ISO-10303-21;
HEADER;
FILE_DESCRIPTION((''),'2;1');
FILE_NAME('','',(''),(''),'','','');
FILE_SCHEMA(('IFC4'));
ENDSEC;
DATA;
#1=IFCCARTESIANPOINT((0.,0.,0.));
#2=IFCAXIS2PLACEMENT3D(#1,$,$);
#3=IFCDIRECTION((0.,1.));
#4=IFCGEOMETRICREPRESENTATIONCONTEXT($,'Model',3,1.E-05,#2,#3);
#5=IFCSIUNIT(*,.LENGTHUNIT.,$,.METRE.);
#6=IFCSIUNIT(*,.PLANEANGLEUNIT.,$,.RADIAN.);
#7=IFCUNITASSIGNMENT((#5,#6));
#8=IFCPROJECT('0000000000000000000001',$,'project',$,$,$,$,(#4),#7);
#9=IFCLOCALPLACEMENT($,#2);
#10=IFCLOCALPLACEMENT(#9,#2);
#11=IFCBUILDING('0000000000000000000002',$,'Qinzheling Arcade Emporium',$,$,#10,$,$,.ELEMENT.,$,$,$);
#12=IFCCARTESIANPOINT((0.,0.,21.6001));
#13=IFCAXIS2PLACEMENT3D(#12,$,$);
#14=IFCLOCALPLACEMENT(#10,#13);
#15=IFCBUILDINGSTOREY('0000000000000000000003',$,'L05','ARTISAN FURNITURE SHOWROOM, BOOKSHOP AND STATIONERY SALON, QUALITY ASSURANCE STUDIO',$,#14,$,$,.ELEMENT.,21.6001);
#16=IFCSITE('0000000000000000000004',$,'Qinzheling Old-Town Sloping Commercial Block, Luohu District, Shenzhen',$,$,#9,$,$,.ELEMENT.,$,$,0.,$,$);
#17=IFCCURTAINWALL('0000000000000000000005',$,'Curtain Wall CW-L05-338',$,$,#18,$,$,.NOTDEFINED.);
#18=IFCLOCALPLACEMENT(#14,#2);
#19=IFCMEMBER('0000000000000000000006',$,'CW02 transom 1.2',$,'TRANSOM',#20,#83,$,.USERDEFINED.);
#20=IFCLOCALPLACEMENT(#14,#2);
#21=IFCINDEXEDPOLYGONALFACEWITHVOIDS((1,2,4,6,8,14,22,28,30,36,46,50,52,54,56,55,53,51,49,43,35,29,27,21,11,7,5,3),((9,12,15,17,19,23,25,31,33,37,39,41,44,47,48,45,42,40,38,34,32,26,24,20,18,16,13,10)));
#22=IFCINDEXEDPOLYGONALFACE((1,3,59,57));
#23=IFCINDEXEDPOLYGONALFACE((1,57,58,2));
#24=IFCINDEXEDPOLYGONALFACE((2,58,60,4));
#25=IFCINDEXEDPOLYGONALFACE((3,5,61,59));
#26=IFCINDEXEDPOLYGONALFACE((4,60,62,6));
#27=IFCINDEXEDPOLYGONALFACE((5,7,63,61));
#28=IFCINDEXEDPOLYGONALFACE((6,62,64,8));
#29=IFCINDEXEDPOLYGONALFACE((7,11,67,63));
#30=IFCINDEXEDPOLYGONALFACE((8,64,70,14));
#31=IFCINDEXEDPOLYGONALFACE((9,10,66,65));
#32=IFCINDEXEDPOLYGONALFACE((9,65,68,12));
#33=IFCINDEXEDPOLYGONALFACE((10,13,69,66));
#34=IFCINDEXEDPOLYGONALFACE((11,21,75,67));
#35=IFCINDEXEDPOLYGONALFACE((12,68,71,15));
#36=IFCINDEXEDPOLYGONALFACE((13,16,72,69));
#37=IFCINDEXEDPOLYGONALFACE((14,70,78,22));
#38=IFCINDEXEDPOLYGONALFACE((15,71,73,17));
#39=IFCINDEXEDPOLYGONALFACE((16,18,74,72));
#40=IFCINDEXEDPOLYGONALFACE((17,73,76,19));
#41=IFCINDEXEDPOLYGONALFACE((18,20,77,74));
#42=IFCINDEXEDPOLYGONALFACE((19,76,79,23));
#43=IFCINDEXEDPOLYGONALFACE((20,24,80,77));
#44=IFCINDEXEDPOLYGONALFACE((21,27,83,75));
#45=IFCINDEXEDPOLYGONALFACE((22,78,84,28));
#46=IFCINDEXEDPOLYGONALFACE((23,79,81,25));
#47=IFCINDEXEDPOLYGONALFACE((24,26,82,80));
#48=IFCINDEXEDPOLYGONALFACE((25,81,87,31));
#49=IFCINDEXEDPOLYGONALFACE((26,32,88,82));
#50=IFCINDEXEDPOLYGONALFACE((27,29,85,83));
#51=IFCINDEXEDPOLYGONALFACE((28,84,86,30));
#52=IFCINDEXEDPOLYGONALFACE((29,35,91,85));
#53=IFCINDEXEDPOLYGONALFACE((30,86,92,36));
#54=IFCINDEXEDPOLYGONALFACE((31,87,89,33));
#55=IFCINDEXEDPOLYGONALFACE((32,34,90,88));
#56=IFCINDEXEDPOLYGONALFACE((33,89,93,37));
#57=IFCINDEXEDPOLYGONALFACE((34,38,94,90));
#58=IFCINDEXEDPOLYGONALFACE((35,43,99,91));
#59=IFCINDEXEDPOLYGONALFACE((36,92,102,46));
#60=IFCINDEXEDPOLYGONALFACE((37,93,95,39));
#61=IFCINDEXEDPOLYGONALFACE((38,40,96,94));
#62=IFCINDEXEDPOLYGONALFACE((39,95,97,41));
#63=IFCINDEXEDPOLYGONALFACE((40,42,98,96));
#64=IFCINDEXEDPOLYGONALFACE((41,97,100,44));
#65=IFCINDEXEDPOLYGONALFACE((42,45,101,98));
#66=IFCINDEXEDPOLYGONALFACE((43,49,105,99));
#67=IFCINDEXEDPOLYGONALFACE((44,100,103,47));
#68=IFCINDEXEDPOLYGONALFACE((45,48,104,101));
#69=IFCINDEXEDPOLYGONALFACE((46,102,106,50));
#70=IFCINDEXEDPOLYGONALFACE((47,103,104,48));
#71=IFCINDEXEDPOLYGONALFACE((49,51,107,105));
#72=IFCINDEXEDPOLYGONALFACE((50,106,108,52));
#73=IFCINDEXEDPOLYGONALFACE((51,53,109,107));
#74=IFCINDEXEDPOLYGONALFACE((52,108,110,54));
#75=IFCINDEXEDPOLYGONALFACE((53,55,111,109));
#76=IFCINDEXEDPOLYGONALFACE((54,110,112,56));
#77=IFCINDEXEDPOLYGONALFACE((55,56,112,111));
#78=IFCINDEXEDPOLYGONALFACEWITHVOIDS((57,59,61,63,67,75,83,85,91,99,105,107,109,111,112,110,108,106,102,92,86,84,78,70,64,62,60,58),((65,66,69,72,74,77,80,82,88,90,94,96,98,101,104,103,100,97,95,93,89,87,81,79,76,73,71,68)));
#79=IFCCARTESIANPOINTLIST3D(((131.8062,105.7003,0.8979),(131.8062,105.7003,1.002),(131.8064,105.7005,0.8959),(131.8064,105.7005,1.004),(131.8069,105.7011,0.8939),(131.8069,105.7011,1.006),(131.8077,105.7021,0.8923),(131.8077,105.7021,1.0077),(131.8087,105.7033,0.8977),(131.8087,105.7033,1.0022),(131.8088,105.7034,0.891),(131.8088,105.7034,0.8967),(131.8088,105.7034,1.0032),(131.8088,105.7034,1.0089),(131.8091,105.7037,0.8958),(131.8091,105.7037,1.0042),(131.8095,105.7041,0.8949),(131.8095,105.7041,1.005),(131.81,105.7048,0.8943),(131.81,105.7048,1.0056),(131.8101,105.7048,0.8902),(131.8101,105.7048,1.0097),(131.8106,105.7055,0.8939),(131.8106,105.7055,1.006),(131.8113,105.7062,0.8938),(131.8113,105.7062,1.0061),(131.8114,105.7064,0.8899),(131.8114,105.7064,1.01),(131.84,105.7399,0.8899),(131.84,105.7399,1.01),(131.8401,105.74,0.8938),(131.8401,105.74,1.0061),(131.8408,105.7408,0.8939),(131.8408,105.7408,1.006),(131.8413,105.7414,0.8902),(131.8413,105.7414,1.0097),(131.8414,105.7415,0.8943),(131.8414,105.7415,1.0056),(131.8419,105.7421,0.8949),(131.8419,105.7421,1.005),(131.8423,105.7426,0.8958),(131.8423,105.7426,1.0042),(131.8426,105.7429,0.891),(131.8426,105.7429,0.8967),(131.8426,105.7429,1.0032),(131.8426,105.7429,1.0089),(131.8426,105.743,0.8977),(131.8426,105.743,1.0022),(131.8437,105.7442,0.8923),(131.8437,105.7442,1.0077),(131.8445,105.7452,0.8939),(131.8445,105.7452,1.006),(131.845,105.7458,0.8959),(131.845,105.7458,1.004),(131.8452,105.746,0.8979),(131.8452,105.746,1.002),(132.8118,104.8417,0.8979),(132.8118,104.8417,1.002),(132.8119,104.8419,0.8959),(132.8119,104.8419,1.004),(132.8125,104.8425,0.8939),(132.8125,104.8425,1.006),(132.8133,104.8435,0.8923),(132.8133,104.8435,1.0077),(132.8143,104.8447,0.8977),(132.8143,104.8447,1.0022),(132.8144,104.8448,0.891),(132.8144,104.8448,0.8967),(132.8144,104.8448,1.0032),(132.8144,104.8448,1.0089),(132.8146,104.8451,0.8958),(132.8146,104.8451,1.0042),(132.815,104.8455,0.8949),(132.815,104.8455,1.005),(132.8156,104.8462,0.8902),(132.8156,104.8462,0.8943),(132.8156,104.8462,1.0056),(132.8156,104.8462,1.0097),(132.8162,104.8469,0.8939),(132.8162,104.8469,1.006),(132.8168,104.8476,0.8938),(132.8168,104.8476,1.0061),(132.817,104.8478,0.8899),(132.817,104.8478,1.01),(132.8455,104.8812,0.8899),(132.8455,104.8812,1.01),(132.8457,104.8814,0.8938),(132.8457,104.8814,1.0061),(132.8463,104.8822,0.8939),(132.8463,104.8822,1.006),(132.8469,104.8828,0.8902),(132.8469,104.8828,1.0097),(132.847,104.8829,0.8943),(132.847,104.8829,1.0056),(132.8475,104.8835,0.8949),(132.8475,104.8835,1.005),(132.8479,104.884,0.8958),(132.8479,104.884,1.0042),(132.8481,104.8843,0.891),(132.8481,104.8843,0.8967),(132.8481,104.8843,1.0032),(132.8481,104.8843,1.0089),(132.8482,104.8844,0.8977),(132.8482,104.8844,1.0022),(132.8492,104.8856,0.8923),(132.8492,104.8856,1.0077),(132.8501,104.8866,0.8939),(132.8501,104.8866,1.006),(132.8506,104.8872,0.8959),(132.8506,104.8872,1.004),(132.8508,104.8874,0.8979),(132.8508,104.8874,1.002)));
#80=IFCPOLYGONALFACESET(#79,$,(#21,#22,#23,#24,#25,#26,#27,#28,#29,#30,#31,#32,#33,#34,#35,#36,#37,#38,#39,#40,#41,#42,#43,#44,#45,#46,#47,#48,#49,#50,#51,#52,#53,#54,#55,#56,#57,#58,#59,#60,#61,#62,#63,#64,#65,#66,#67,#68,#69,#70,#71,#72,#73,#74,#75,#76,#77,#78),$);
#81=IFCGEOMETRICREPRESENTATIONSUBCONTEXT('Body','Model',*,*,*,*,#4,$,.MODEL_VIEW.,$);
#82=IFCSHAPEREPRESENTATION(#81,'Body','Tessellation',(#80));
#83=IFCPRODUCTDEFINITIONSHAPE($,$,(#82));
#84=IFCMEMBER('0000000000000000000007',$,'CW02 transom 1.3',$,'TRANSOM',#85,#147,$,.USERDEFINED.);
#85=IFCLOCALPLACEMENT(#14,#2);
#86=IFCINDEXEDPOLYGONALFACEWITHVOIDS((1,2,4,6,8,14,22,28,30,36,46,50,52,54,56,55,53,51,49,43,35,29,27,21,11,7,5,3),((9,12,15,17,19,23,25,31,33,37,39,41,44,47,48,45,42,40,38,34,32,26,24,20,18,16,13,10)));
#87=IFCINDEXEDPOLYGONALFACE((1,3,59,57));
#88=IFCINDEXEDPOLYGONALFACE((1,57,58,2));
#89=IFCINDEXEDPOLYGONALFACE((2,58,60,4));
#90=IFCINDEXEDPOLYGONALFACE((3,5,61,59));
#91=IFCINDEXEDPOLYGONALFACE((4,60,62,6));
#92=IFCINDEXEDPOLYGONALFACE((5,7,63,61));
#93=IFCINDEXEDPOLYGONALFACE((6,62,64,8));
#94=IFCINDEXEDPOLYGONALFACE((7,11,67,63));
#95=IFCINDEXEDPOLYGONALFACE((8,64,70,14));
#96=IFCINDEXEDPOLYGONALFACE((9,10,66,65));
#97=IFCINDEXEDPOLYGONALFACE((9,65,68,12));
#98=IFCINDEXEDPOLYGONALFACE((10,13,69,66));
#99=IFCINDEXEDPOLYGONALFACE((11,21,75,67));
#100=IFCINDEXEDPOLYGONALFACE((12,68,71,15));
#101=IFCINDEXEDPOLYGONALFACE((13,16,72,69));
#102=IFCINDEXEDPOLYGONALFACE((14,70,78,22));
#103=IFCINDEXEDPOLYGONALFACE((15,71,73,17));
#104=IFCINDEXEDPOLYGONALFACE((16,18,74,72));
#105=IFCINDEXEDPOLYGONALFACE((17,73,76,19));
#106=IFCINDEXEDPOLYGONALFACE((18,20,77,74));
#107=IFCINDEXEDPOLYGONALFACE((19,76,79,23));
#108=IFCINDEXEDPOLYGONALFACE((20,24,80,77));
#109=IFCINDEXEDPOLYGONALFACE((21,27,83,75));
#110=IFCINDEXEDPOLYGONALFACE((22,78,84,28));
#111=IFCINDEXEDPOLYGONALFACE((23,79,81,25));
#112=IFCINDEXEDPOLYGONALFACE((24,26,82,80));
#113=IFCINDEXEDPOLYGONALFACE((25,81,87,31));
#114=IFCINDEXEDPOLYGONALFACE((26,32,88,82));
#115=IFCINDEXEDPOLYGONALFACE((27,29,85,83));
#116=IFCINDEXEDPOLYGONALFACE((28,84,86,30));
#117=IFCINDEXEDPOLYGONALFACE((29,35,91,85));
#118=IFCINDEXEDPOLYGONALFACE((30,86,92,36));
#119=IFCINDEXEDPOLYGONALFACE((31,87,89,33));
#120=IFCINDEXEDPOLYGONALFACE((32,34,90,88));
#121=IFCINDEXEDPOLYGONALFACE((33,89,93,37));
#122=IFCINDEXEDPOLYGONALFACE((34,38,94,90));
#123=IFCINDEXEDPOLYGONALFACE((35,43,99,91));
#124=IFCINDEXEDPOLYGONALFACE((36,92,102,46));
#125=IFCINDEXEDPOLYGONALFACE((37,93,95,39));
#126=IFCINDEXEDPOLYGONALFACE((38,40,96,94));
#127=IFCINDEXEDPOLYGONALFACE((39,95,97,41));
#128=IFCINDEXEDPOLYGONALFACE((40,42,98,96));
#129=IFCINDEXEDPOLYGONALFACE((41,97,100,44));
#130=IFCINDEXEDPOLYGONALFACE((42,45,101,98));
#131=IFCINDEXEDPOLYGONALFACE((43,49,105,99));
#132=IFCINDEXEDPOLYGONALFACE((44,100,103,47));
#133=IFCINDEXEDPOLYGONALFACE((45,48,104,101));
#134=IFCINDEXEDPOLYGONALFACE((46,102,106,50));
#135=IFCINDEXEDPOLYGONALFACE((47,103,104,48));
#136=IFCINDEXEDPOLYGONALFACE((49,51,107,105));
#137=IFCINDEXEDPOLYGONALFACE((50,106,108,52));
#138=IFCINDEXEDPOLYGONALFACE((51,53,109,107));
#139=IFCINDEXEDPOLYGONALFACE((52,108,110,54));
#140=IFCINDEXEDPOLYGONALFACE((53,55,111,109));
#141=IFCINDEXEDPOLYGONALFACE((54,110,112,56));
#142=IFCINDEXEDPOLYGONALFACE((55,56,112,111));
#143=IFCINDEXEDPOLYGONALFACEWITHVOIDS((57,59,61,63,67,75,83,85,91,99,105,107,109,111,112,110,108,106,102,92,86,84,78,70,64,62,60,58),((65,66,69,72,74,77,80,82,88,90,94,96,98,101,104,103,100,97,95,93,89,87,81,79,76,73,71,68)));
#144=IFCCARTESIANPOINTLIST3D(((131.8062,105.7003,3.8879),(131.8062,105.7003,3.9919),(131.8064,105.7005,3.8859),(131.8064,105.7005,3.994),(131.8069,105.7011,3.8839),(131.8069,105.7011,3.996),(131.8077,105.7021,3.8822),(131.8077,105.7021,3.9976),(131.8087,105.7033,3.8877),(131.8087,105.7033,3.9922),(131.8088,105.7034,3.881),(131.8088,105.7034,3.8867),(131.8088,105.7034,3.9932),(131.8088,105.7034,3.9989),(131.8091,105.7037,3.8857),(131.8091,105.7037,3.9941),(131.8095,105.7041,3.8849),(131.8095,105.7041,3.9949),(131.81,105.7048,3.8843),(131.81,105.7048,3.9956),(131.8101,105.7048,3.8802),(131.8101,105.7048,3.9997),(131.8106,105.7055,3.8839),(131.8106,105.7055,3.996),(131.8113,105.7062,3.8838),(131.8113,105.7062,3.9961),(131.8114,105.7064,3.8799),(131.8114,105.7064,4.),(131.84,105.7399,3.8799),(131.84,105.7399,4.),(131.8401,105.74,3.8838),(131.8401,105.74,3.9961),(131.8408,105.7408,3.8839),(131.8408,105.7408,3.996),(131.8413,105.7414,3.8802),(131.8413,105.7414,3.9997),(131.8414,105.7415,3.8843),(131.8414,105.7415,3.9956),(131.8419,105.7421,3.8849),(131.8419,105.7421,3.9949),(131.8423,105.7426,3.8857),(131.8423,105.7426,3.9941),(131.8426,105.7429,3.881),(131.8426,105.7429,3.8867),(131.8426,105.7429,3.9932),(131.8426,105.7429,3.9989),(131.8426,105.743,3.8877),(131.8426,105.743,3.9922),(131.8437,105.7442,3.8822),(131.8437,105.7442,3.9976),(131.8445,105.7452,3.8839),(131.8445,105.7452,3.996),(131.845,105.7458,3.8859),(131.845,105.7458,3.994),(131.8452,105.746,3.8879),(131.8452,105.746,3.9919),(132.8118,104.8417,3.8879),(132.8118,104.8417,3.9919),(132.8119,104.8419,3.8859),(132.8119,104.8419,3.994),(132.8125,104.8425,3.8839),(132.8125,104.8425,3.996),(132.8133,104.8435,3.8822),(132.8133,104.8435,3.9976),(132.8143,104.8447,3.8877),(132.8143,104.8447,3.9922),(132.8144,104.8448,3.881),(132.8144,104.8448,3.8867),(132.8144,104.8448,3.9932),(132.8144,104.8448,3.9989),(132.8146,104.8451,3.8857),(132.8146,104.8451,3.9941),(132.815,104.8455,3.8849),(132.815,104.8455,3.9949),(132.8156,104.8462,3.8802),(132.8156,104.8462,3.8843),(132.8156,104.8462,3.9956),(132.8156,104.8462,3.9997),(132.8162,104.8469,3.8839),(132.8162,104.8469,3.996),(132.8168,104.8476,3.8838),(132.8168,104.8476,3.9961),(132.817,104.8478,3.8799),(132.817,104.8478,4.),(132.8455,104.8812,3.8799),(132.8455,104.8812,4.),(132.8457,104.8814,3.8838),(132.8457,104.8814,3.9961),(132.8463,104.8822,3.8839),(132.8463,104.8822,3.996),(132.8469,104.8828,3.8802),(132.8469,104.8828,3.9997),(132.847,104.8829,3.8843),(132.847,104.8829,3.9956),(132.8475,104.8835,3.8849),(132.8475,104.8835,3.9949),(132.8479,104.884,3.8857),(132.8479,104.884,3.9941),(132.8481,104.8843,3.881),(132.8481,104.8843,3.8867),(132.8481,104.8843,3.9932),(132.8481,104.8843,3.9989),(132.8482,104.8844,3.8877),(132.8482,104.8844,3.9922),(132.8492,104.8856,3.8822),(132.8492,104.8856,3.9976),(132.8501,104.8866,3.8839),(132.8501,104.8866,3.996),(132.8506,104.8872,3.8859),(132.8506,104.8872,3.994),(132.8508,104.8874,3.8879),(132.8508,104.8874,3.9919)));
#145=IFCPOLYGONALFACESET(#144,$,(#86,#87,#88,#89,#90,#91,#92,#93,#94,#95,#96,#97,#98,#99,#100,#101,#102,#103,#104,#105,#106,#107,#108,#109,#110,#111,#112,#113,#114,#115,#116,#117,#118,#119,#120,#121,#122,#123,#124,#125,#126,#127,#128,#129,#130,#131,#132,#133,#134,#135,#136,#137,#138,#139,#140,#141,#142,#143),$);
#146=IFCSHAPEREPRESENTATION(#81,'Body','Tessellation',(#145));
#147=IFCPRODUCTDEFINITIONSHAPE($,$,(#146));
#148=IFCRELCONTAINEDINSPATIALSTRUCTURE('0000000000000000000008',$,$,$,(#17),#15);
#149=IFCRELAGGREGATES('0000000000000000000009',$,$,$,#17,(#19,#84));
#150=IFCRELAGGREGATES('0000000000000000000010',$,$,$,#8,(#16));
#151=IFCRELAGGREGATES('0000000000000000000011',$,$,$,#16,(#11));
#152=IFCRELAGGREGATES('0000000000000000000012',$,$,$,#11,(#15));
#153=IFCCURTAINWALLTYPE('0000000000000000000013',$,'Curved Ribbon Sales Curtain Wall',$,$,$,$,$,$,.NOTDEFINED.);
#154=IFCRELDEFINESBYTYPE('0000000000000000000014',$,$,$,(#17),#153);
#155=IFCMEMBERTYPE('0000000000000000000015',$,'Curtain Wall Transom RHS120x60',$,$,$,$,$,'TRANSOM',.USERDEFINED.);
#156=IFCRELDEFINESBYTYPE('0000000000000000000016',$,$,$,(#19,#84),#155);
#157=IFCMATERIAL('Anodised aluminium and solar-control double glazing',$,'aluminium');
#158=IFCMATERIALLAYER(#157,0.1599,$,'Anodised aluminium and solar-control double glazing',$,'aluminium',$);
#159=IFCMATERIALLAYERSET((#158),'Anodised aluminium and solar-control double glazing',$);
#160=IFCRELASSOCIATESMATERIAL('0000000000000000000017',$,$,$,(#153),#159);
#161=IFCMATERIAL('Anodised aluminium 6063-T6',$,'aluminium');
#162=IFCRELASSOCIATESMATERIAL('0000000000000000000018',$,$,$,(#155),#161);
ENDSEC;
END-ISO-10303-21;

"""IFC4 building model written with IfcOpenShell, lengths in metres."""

from ifc_helpers import new_model, si_unit, direction, frame, origin, origin_2d, place, context, subcontext, project, spatial, hollow_rectangle, extrude, material, layer, layer_set, material_profile, profile_set, type_object, element, aggregate, save


model = new_model("IFC4")

# Units and contexts
model_context = context("Model", 3, precision=1e-05, world=origin(), true_north=direction((0.0, 1.0)))
body_context = subcontext(model_context, "Body", "Model", "MODEL_VIEW")
ifc_project = project(units=[si_unit("LENGTHUNIT", "METRE"), si_unit("PLANEANGLEUNIT", "RADIAN")], contexts=[model_context])

# Site, building, storey
site_placement = place(None, origin())
site = spatial("IfcSite", under=ifc_project, at=site_placement, Name="Qinzheling Old-Town Sloping Commercial Block, Luohu District, Shenzhen", CompositionType="ELEMENT", RefElevation=0.0)
building_placement = place(site_placement, origin())
building = spatial("IfcBuilding", under=site, at=building_placement, Name="Qinzheling Arcade Emporium", CompositionType="ELEMENT")
storey_placement = place(building_placement, frame((0.0, 0.0, 21.6001)))
storey = spatial("IfcBuildingStorey", under=building, at=storey_placement, Name="L05", Description="ARTISAN FURNITURE SHOWROOM, BOOKSHOP AND STATIONERY SALON, QUALITY ASSURANCE STUDIO", CompositionType="ELEMENT", Elevation=21.6001)

# Shared definitions
ifc_material_1 = material(Name="Anodised aluminium and solar-control double glazing", Category="aluminium")
ifc_layer_1 = layer(ifc_material_1, 0.1599, Name="Anodised aluminium and solar-control double glazing", Category="aluminium")
ifc_layer_set_1 = layer_set([ifc_layer_1], Name="Anodised aluminium and solar-control double glazing")
curtain_wall_type = type_object("IfcCurtainWallType", Name="Curved Ribbon Sales Curtain Wall", PredefinedType="NOTDEFINED", material=ifc_layer_set_1)
ifc_material_2 = material(Name="Anodised aluminium 6063-T6", Category="aluminium")

# Curtain wall
curtain_wall_1_placement = place(storey_placement, origin())
curtain_wall_1 = element("IfcCurtainWall", 1, at=curtain_wall_1_placement, inside=storey, type_object=curtain_wall_type, Name="Curtain Wall CW-L05-338", PredefinedType="NOTDEFINED")

# Members
ifc_material_profile_1 = material_profile(ifc_material_2, hollow_rectangle(XDim=0.0601, YDim=0.1201, WallThickness=0.0039, InnerFilletRadius=0.0039, OuterFilletRadius=0.0081, at=origin_2d()), Name="RHS 120x60x4", Category="aluminium")
ifc_profile_set_1 = profile_set([ifc_material_profile_1], Name="Anodised aluminium 6063-T6")
member_type_1 = type_object("IfcMemberType", Name="Curtain Wall Transom RHS120x60", ElementType="TRANSOM", PredefinedType="USERDEFINED", material=ifc_profile_set_1)
member_1_placement = place(storey_placement, frame((131.8257, 105.7231, 0.95), z_axis=(0.760493, -0.649346, 0.0), x_axis=(0.649346, 0.760493, 0.0)))
member_1 = element("IfcMember", 2, at=member_1_placement, type_object=member_type_1, Name="CW02 transom 1.2", ObjectType="TRANSOM", PredefinedType="USERDEFINED", context=body_context, shape_type="SweptSolid", body=[
    extrude(hollow_rectangle(XDim=0.0601, YDim=0.1201, WallThickness=0.0039, InnerFilletRadius=0.0039, OuterFilletRadius=0.0081, at=origin_2d()), origin(), (0.0, 0.0, 1.0), 1.3223),
])
member_2_placement = place(storey_placement, frame((131.8257, 105.7231, 3.9399), z_axis=(0.760493, -0.649346, 0.0), x_axis=(0.649346, 0.760493, 0.0)))
member_2 = element("IfcMember", 3, at=member_2_placement, type_object=member_type_1, Name="CW02 transom 1.3", ObjectType="TRANSOM", PredefinedType="USERDEFINED", context=body_context, shape_type="SweptSolid", body=[
    extrude(hollow_rectangle(XDim=0.0601, YDim=0.1201, WallThickness=0.0039, InnerFilletRadius=0.0039, OuterFilletRadius=0.0081, at=origin_2d()), origin(), (0.0, 0.0, 1.0), 1.3223),
])

aggregate(curtain_wall_1, [member_1, member_2])

save(model, "model.ifc")
